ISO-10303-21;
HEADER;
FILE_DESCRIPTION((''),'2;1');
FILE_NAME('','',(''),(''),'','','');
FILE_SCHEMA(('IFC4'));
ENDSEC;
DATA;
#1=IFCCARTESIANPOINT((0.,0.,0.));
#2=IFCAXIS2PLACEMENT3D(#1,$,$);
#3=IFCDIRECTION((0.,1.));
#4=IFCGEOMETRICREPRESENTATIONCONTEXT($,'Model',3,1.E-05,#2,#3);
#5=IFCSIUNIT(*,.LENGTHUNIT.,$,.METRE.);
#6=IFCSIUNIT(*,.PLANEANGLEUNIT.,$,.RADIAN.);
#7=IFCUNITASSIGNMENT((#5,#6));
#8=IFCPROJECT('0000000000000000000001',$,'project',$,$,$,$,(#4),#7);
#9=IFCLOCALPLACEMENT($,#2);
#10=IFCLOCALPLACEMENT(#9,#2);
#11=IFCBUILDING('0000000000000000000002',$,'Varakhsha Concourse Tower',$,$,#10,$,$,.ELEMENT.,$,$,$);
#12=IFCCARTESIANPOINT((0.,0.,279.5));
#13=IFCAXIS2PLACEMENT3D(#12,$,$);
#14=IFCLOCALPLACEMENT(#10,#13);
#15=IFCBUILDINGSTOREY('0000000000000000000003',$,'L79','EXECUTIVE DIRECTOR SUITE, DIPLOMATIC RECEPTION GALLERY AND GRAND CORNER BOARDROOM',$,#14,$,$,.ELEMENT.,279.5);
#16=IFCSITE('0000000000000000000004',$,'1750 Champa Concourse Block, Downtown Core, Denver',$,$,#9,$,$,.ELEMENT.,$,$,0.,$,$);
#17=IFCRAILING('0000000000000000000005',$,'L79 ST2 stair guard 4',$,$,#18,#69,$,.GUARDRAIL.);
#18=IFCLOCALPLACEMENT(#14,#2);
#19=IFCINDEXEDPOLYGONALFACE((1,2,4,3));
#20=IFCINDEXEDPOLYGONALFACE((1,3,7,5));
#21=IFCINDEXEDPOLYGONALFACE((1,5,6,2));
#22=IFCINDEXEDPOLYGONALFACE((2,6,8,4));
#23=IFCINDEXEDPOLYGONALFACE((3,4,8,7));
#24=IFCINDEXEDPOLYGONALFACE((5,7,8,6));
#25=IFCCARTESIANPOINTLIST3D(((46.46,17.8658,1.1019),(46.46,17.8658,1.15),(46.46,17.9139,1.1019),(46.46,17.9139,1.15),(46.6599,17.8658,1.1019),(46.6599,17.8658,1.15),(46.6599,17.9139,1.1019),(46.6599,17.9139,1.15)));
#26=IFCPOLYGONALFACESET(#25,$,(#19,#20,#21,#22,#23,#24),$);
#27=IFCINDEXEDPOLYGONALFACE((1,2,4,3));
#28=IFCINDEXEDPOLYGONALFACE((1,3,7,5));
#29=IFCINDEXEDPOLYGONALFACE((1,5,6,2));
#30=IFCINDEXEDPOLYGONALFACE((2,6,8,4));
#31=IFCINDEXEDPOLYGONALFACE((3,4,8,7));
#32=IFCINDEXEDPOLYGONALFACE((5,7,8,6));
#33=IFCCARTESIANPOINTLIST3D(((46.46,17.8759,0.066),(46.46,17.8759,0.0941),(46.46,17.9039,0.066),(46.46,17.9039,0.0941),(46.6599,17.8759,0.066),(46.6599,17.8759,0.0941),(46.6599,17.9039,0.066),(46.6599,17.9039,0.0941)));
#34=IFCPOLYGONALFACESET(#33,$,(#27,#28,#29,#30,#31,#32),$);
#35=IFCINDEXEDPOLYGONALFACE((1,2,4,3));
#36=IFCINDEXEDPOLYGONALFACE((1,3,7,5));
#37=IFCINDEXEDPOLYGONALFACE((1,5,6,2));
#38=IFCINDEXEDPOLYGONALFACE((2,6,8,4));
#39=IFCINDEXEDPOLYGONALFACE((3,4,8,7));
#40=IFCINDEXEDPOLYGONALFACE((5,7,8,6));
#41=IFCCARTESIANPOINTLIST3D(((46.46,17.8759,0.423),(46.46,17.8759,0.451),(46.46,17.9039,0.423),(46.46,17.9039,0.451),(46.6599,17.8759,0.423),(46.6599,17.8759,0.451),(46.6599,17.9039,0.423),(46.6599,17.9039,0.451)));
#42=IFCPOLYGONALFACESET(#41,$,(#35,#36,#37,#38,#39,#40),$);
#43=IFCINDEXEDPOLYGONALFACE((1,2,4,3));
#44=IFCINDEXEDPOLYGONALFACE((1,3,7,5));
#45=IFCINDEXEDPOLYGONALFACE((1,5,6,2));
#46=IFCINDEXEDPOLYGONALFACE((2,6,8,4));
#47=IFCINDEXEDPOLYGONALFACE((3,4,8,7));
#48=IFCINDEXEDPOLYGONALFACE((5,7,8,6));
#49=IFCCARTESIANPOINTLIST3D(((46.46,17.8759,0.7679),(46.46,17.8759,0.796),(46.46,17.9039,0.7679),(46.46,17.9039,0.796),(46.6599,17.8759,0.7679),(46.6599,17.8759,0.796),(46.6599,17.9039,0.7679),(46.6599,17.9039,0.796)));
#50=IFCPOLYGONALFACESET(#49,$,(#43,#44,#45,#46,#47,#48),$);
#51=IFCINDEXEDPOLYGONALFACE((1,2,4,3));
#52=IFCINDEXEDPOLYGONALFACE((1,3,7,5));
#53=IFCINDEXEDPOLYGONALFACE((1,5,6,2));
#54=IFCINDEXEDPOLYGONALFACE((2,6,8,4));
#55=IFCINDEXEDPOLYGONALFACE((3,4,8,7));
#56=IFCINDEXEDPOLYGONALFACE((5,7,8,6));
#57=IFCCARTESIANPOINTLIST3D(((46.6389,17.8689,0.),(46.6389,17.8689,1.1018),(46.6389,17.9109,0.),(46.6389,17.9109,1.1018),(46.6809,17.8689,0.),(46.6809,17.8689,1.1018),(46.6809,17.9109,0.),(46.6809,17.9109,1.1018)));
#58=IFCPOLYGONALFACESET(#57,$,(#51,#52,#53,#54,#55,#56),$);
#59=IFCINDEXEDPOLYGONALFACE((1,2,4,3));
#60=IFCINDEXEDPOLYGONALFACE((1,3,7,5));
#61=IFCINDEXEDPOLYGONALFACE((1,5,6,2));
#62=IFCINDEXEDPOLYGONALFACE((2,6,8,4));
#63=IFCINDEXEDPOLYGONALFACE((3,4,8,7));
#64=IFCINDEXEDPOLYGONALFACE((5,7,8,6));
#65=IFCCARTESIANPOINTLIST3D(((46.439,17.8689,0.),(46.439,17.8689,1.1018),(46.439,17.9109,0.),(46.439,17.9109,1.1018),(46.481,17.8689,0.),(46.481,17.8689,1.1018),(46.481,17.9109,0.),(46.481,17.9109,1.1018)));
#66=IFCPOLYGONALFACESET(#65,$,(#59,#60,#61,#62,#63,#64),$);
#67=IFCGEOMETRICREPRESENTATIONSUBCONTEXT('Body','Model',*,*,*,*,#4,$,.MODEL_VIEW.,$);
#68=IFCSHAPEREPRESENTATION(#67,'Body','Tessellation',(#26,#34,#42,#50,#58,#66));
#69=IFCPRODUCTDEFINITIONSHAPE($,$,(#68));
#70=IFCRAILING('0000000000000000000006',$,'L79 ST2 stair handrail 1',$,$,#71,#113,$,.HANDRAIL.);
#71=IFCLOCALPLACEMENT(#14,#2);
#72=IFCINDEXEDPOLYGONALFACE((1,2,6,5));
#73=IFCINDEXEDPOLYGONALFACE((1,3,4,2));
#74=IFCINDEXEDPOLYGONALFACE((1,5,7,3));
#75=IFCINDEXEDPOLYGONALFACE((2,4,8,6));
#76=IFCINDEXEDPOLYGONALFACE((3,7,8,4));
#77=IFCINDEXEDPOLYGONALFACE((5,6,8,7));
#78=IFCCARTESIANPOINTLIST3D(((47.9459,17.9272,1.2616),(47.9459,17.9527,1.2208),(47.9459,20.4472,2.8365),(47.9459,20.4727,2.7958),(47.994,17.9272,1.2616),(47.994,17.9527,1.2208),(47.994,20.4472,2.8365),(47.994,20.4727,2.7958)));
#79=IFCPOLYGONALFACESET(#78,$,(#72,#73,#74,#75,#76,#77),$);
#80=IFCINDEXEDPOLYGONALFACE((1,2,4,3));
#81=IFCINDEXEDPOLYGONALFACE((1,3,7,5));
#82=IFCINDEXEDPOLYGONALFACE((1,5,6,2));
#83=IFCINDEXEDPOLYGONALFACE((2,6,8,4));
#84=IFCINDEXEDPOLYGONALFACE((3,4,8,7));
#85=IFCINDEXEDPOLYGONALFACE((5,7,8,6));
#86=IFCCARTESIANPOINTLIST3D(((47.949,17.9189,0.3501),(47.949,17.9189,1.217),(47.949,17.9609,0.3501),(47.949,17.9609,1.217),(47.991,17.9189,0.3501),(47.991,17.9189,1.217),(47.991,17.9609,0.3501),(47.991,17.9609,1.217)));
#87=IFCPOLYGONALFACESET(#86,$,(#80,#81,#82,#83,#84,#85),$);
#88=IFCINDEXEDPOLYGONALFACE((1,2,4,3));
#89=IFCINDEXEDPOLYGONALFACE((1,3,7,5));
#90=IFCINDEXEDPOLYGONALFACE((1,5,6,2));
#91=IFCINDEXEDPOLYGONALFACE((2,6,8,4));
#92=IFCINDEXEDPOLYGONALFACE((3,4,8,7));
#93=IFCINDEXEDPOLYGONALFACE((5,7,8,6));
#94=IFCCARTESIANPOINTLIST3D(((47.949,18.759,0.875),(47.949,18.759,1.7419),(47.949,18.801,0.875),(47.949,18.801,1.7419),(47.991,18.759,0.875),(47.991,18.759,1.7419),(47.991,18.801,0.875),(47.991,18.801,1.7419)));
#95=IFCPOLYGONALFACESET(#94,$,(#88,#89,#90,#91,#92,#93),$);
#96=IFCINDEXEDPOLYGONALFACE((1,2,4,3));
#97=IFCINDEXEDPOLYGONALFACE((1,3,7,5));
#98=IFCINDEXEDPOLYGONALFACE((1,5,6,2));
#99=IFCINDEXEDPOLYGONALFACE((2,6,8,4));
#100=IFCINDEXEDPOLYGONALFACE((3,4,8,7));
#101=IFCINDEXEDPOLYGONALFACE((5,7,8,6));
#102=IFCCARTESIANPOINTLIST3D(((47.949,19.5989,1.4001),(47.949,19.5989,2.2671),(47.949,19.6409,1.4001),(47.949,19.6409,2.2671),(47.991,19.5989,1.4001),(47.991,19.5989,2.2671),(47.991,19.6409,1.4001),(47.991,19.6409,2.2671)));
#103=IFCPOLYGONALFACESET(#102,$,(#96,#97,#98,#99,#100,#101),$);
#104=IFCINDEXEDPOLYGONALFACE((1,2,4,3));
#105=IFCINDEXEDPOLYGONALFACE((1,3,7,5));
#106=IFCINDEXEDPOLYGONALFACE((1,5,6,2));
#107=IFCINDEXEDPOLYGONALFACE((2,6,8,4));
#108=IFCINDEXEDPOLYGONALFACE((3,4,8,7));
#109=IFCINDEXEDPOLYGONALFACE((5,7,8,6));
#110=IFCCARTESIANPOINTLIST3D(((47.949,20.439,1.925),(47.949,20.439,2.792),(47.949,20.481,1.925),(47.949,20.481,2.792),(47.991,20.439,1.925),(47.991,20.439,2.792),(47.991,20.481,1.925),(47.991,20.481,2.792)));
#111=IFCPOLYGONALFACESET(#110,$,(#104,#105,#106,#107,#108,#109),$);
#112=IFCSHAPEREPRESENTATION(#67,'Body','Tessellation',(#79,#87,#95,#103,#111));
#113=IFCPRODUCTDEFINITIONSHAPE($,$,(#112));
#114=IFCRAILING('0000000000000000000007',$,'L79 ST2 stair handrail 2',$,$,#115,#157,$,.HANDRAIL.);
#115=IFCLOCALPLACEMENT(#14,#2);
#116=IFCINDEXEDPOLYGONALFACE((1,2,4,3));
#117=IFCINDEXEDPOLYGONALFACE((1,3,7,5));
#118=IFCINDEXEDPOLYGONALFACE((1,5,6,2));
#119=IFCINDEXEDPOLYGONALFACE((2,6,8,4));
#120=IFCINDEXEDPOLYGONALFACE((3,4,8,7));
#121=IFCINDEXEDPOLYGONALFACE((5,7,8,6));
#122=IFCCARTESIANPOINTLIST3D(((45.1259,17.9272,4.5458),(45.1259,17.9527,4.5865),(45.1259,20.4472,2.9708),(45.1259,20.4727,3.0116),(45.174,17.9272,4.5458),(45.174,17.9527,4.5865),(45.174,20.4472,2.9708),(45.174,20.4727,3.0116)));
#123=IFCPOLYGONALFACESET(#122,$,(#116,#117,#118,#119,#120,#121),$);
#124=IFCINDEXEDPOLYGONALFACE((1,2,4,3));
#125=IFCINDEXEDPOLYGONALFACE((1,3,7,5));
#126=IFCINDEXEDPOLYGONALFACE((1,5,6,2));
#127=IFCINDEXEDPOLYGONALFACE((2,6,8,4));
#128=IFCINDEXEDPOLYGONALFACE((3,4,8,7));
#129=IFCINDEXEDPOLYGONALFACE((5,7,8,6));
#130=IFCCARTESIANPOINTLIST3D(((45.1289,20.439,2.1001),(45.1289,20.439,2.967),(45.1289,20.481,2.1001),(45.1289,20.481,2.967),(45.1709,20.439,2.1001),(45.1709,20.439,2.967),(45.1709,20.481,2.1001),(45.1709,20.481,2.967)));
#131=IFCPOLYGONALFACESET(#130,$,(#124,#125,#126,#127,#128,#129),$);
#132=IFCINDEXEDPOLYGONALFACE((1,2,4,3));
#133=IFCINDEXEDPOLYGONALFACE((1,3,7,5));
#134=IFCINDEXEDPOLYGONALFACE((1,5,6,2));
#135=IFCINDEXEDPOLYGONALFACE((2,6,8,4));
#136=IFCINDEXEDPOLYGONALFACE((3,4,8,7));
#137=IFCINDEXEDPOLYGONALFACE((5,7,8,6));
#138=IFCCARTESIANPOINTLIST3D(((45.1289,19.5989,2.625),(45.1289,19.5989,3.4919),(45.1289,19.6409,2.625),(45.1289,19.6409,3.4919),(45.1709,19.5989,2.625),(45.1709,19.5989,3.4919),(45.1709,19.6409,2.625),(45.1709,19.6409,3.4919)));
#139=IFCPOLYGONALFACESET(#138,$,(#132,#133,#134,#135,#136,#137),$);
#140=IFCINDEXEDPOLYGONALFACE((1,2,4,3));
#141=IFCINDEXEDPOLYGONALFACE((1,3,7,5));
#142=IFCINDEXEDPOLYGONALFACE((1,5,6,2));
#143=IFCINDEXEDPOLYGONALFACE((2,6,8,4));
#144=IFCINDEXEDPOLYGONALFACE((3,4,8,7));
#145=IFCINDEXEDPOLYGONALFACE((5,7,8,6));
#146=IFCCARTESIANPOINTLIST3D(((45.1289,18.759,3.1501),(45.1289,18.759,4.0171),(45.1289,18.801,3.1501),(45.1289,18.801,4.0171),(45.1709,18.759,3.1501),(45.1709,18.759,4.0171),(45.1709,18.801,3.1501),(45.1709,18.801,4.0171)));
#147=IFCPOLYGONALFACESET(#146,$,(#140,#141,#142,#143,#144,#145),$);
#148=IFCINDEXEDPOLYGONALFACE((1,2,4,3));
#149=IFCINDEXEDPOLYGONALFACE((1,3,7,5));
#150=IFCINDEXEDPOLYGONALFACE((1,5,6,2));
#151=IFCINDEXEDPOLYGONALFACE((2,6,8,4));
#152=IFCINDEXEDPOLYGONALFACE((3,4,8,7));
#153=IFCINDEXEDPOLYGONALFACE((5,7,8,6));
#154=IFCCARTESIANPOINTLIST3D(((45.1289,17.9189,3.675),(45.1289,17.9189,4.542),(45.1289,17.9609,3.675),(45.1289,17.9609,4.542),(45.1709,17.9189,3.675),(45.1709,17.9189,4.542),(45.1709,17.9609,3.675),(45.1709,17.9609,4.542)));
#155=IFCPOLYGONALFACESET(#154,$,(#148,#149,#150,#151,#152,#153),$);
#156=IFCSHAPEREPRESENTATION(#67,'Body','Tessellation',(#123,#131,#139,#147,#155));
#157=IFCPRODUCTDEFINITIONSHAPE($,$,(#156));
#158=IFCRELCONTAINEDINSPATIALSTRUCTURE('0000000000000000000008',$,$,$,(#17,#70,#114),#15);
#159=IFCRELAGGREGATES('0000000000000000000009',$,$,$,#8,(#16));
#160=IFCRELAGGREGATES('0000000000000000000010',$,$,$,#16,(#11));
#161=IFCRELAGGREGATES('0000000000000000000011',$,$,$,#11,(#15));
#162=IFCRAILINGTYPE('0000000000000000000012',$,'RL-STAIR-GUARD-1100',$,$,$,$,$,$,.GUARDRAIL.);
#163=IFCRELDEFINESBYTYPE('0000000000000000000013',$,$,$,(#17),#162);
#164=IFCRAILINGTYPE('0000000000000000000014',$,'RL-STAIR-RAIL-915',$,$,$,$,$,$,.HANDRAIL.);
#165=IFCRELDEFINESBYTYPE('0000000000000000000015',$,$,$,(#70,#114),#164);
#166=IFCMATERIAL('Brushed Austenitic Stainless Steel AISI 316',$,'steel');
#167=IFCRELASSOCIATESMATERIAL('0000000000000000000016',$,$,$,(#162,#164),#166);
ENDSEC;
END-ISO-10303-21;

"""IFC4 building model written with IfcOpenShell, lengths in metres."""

from ifc_helpers import new_model, si_unit, direction, frame, origin, origin_2d, place, context, subcontext, project, spatial, rectangle, extrude, material, type_object, element, save


model = new_model("IFC4")

# Units and contexts
model_context = context("Model", 3, precision=1e-05, world=origin(), true_north=direction((0.0, 1.0)))
body_context = subcontext(model_context, "Body", "Model", "MODEL_VIEW")
ifc_project = project(units=[si_unit("LENGTHUNIT", "METRE"), si_unit("PLANEANGLEUNIT", "RADIAN")], contexts=[model_context])

# Site, building, storey
site_placement = place(None, origin())
site = spatial("IfcSite", under=ifc_project, at=site_placement, Name="1750 Champa Concourse Block, Downtown Core, Denver", CompositionType="ELEMENT", RefElevation=0.0)
building_placement = place(site_placement, origin())
building = spatial("IfcBuilding", under=site, at=building_placement, Name="Varakhsha Concourse Tower", CompositionType="ELEMENT")
storey_placement = place(building_placement, frame((0.0, 0.0, 279.5)))
storey = spatial("IfcBuildingStorey", under=building, at=storey_placement, Name="L79", Description="EXECUTIVE DIRECTOR SUITE, DIPLOMATIC RECEPTION GALLERY AND GRAND CORNER BOARDROOM", CompositionType="ELEMENT", Elevation=279.5)

# Railings
ifc_material_1 = material(Name="Brushed Austenitic Stainless Steel AISI 316", Category="steel")
railing_type_1 = type_object("IfcRailingType", Name="RL-STAIR-GUARD-1100", PredefinedType="GUARDRAIL", material=ifc_material_1)
railing_1_placement = place(storey_placement, frame((46.6599, 17.8899, 0.0)))
element("IfcRailing", 1, at=railing_1_placement, inside=storey, type_object=railing_type_1, Name="L79 ST2 stair guard 4", PredefinedType="GUARDRAIL", context=body_context, shape_type="SweptSolid", body=[
    extrude(rectangle(XDim=0.0481, YDim=0.0481, at=origin_2d()), frame((0.0, 0.0, 1.126), z_axis=(-1.0, 0.0, 0.0), x_axis=(0.0, -1.0, 0.0)), (0.0, 0.0, 1.0), 0.2),
    extrude(rectangle(XDim=0.0281, YDim=0.0281, at=origin_2d()), frame((0.0, 0.0, 0.0801), z_axis=(-1.0, 0.0, 0.0), x_axis=(0.0, -1.0, 0.0)), (0.0, 0.0, 1.0), 0.2),
    extrude(rectangle(XDim=0.0281, YDim=0.0281, at=origin_2d()), frame((0.0, 0.0, 0.437), z_axis=(-1.0, 0.0, 0.0), x_axis=(0.0, -1.0, 0.0)), (0.0, 0.0, 1.0), 0.2),
    extrude(rectangle(XDim=0.0281, YDim=0.0281, at=origin_2d()), frame((0.0, 0.0, 0.782), z_axis=(-1.0, 0.0, 0.0), x_axis=(0.0, -1.0, 0.0)), (0.0, 0.0, 1.0), 0.2),
    extrude(rectangle(XDim=0.042, YDim=0.042, at=origin_2d()), origin(), (0.0, 0.0, 1.0), 1.1018),
    extrude(rectangle(XDim=0.042, YDim=0.042, at=origin_2d()), frame((-0.2, 0.0, 0.0)), (0.0, 0.0, 1.0), 1.1018),
])
railing_type_2 = type_object("IfcRailingType", Name="RL-STAIR-RAIL-915", PredefinedType="HANDRAIL", material=ifc_material_1)
railing_2_placement = place(storey_placement, frame((47.97, 17.9399, 0.3501)))
element("IfcRailing", 2, at=railing_2_placement, inside=storey, type_object=railing_type_2, Name="L79 ST2 stair handrail 1", PredefinedType="HANDRAIL", context=body_context, shape_type="SweptSolid", body=[
    extrude(rectangle(XDim=0.0481, YDim=0.0481, at=origin_2d()), frame((0.0, 0.0, 0.8911), z_axis=(0.0, 0.848008, 0.529984), x_axis=(-1.0, 0.0, 0.0)), (0.0, 0.0, 1.0), 2.9717),
    extrude(rectangle(XDim=0.042, YDim=0.042, at=origin_2d()), origin(), (0.0, 0.0, 1.0), 0.8669),
    extrude(rectangle(XDim=0.042, YDim=0.042, at=origin_2d()), frame((0.0, 0.8401, 0.5249)), (0.0, 0.0, 1.0), 0.8669),
    extrude(rectangle(XDim=0.042, YDim=0.042, at=origin_2d()), frame((0.0, 1.6799, 1.05)), (0.0, 0.0, 1.0), 0.8669),
    extrude(rectangle(XDim=0.042, YDim=0.042, at=origin_2d()), frame((0.0, 2.52, 1.575)), (0.0, 0.0, 1.0), 0.8669),
])
railing_3_placement = place(storey_placement, frame((45.1499, 20.46, 2.1001)))
element("IfcRailing", 3, at=railing_3_placement, inside=storey, type_object=railing_type_2, Name="L79 ST2 stair handrail 2", PredefinedType="HANDRAIL", context=body_context, shape_type="SweptSolid", body=[
    extrude(rectangle(XDim=0.0481, YDim=0.0481, at=origin_2d()), frame((0.0, 0.0, 0.8911), z_axis=(0.0, -0.848008, 0.529984), x_axis=(1.0, 0.0, 0.0)), (0.0, 0.0, 1.0), 2.9717),
    extrude(rectangle(XDim=0.042, YDim=0.042, at=origin_2d()), origin(), (0.0, 0.0, 1.0), 0.8669),
    extrude(rectangle(XDim=0.042, YDim=0.042, at=origin_2d()), frame((0.0, -0.8401, 0.5249)), (0.0, 0.0, 1.0), 0.8669),
    extrude(rectangle(XDim=0.042, YDim=0.042, at=origin_2d()), frame((0.0, -1.6799, 1.05)), (0.0, 0.0, 1.0), 0.8669),
    extrude(rectangle(XDim=0.042, YDim=0.042, at=origin_2d()), frame((0.0, -2.52, 1.575)), (0.0, 0.0, 1.0), 0.8669),
])

save(model, "model.ifc")
